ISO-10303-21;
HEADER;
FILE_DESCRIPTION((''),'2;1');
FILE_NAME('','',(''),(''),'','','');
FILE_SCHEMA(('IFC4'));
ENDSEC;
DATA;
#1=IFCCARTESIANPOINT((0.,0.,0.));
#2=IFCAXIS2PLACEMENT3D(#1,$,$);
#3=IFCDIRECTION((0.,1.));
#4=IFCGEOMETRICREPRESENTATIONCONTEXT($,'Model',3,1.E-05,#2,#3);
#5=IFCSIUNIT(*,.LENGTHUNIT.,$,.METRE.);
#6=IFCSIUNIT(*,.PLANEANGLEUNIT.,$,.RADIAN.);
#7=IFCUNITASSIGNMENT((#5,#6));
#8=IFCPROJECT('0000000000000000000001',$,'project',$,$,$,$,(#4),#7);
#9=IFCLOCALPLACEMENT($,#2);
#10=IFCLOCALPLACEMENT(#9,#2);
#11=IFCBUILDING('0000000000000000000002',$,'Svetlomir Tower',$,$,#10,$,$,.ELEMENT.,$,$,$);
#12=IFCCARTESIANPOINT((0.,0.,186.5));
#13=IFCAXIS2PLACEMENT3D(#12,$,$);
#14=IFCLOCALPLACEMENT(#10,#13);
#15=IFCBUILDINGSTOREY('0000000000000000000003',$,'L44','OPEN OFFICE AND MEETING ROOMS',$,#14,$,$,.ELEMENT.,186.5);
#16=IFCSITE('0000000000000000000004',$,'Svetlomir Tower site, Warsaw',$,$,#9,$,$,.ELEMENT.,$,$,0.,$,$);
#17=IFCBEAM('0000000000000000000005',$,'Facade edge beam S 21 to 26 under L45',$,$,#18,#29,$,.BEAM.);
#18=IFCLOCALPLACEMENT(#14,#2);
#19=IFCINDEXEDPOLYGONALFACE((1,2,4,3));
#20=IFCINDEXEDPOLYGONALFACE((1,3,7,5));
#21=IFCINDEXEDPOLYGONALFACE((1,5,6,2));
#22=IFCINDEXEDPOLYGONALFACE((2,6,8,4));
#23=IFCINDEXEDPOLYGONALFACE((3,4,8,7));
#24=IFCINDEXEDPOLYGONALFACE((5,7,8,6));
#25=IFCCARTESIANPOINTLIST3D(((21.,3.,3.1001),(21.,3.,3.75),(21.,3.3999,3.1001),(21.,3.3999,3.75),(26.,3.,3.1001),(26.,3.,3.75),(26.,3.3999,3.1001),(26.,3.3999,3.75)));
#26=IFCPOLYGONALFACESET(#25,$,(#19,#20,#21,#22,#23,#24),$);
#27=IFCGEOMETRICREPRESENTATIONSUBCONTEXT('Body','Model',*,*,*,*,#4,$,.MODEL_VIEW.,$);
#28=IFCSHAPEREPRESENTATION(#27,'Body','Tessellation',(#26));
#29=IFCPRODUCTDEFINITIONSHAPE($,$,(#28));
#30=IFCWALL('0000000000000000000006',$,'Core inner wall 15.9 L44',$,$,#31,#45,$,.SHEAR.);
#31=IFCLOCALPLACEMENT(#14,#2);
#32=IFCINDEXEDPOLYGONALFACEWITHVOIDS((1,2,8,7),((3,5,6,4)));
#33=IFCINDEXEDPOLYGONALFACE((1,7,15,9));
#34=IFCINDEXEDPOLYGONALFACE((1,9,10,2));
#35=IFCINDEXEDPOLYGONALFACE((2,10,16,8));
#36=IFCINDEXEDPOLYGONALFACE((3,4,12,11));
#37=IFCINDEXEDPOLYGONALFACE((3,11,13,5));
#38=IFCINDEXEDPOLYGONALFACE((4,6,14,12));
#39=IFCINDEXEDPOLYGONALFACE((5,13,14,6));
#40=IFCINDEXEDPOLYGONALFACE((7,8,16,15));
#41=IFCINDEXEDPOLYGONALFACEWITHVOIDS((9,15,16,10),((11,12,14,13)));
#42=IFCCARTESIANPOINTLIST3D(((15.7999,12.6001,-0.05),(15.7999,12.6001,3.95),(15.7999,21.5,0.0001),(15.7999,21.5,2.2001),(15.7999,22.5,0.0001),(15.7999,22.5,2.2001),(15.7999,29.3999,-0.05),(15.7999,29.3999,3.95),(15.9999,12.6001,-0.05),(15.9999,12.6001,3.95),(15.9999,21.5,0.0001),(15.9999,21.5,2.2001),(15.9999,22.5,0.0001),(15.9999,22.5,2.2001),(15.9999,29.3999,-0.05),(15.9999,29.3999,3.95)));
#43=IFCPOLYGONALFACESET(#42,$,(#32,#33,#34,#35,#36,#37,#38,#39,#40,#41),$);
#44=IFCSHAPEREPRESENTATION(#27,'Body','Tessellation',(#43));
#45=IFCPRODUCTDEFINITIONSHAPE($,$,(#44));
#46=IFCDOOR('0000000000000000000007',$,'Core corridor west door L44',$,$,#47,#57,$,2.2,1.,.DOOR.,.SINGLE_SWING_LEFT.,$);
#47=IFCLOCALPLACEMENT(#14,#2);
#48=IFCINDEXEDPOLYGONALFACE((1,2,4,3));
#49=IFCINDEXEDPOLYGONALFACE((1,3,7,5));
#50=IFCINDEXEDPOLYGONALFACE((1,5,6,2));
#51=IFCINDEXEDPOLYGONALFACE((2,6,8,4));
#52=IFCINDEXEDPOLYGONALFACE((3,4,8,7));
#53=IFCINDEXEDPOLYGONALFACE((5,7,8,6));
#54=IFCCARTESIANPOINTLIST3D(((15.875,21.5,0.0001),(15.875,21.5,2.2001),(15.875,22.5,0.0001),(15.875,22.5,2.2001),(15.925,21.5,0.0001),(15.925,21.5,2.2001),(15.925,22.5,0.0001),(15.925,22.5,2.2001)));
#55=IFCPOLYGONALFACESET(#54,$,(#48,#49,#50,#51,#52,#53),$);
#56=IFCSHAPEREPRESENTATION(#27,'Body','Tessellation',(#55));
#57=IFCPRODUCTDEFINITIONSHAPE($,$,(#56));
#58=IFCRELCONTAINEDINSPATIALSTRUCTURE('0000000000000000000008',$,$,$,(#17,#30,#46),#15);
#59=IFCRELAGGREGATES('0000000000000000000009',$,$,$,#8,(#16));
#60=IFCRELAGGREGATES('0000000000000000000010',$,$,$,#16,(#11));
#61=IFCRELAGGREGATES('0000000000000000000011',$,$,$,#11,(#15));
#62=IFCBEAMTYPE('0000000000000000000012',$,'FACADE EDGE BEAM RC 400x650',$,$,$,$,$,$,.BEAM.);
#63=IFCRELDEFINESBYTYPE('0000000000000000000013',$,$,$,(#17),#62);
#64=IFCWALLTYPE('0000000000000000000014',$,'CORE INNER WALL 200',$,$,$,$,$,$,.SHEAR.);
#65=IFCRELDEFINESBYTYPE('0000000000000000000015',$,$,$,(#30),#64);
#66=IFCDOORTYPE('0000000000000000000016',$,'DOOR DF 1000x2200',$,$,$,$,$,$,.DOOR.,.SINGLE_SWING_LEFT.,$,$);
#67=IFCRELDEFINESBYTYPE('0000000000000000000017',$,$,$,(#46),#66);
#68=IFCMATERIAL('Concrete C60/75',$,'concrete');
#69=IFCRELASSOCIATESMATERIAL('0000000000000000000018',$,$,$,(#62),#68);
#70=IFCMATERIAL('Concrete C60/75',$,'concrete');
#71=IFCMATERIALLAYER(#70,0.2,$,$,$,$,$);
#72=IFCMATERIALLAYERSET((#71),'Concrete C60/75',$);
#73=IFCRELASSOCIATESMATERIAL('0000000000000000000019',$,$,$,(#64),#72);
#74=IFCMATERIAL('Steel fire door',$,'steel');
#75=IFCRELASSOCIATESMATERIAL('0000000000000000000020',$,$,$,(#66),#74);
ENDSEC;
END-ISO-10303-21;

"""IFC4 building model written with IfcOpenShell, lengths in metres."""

from ifc_helpers import new_model, si_unit, direction, frame, frame_2d, origin, origin_2d, place, context, subcontext, project, spatial, rectangle, extrude, material, layer, layer_set, material_profile, profile_set, type_object, element, fill, save


model = new_model("IFC4")

# Units and contexts
model_context = context("Model", 3, precision=1e-05, world=origin(), true_north=direction((0.0, 1.0)))
body_context = subcontext(model_context, "Body", "Model", "MODEL_VIEW")
ifc_project = project(units=[si_unit("LENGTHUNIT", "METRE"), si_unit("PLANEANGLEUNIT", "RADIAN")], contexts=[model_context])

# Site, building, storey
site_placement = place(None, origin())
site = spatial("IfcSite", under=ifc_project, at=site_placement, Name="Svetlomir Tower site, Warsaw", CompositionType="ELEMENT", RefElevation=0.0)
building_placement = place(site_placement, origin())
building = spatial("IfcBuilding", under=site, at=building_placement, Name="Svetlomir Tower", CompositionType="ELEMENT")
storey_placement = place(building_placement, frame((0.0, 0.0, 186.5)))
storey = spatial("IfcBuildingStorey", under=building, at=storey_placement, Name="L44", Description="OPEN OFFICE AND MEETING ROOMS", CompositionType="ELEMENT", Elevation=186.5)

# Beam
ifc_material_1 = material(Name="Concrete C60/75", Category="concrete")
ifc_material_profile = material_profile(ifc_material_1, rectangle(XDim=0.3999, YDim=0.6499, at=origin_2d()), Name="RC 400x650")
ifc_profile_set = profile_set([ifc_material_profile], Name="Concrete C60/75")
beam_type = type_object("IfcBeamType", Name="FACADE EDGE BEAM RC 400x650", PredefinedType="BEAM", material=ifc_profile_set)
beam_placement = place(storey_placement, frame((21.0, 3.2, 3.425), z_axis=(1.0, 0.0, 0.0), x_axis=(0.0, 1.0, 0.0)))
element("IfcBeam", 1, at=beam_placement, inside=storey, type_object=beam_type, Name="Facade edge beam S 21 to 26 under L45", PredefinedType="BEAM", context=body_context, shape_type="SweptSolid", body=[
    extrude(rectangle(XDim=0.3999, YDim=0.6499, at=origin_2d()), origin(), (0.0, 0.0, 1.0), 5.0),
])

# Wall, opening, door
ifc_material_2 = material(Name="Concrete C60/75", Category="concrete")
ifc_layer_1 = layer(ifc_material_2, 0.2)
ifc_layer_set_1 = layer_set([ifc_layer_1], Name="Concrete C60/75")
wall_type_1 = type_object("IfcWallType", Name="CORE INNER WALL 200", PredefinedType="SHEAR", material=ifc_layer_set_1)
wall_1_placement = place(storey_placement, frame((15.8999, 12.6001, -0.05), z_axis=(0.0, 0.0, 1.0), x_axis=(0.0, 1.0, 0.0)))
wall_1 = element("IfcWall", 2, at=wall_1_placement, inside=storey, type_object=wall_type_1, Name="Core inner wall 15.9 L44", PredefinedType="SHEAR", context=body_context, shape_type="SweptSolid", body=[
    extrude(rectangle(XDim=16.7998, YDim=0.2, at=frame_2d((8.3999, 0.0))), origin(), (0.0, 0.0, 1.0), 4.0),
])
opening_1_placement = place(wall_1_placement, frame((8.8999, 0.0, 0.05)))
opening_1 = element("IfcOpeningElement", 3, at=opening_1_placement, cuts=wall_1, PredefinedType="OPENING", context=body_context, shape_type="SweptSolid", body=[
    extrude(rectangle(XDim=1.0, YDim=2.2, at=frame_2d((0.5, 1.1001))), frame((0.0, 0.1099, 0.0), z_axis=(0.0, -1.0, 0.0), x_axis=(1.0, 0.0, 0.0)), (0.0, 0.0, 1.0), 0.22),
])
ifc_material_3 = material(Name="Steel fire door", Category="steel")
door_type_1 = type_object("IfcDoorType", Name="DOOR DF 1000x2200", OperationType="SINGLE_SWING_LEFT", PredefinedType="DOOR", material=ifc_material_3)
door_1_placement = place(opening_1_placement, origin())
door_1 = element("IfcDoor", 4, at=door_1_placement, inside=storey, type_object=door_type_1, Name="Core corridor west door L44", OperationType="SINGLE_SWING_LEFT", OverallHeight=2.2, OverallWidth=1.0, PredefinedType="DOOR", context=body_context, shape_type="SweptSolid", body=[
    extrude(rectangle(XDim=1.0, YDim=2.2, at=frame_2d((0.5, 1.1001))), frame((0.0, 0.0249, 0.0), z_axis=(0.0, -1.0, 0.0), x_axis=(1.0, 0.0, 0.0)), (0.0, 0.0, 1.0), 0.05),
])
fill(opening_1, door_1)

save(model, "model.ifc")
